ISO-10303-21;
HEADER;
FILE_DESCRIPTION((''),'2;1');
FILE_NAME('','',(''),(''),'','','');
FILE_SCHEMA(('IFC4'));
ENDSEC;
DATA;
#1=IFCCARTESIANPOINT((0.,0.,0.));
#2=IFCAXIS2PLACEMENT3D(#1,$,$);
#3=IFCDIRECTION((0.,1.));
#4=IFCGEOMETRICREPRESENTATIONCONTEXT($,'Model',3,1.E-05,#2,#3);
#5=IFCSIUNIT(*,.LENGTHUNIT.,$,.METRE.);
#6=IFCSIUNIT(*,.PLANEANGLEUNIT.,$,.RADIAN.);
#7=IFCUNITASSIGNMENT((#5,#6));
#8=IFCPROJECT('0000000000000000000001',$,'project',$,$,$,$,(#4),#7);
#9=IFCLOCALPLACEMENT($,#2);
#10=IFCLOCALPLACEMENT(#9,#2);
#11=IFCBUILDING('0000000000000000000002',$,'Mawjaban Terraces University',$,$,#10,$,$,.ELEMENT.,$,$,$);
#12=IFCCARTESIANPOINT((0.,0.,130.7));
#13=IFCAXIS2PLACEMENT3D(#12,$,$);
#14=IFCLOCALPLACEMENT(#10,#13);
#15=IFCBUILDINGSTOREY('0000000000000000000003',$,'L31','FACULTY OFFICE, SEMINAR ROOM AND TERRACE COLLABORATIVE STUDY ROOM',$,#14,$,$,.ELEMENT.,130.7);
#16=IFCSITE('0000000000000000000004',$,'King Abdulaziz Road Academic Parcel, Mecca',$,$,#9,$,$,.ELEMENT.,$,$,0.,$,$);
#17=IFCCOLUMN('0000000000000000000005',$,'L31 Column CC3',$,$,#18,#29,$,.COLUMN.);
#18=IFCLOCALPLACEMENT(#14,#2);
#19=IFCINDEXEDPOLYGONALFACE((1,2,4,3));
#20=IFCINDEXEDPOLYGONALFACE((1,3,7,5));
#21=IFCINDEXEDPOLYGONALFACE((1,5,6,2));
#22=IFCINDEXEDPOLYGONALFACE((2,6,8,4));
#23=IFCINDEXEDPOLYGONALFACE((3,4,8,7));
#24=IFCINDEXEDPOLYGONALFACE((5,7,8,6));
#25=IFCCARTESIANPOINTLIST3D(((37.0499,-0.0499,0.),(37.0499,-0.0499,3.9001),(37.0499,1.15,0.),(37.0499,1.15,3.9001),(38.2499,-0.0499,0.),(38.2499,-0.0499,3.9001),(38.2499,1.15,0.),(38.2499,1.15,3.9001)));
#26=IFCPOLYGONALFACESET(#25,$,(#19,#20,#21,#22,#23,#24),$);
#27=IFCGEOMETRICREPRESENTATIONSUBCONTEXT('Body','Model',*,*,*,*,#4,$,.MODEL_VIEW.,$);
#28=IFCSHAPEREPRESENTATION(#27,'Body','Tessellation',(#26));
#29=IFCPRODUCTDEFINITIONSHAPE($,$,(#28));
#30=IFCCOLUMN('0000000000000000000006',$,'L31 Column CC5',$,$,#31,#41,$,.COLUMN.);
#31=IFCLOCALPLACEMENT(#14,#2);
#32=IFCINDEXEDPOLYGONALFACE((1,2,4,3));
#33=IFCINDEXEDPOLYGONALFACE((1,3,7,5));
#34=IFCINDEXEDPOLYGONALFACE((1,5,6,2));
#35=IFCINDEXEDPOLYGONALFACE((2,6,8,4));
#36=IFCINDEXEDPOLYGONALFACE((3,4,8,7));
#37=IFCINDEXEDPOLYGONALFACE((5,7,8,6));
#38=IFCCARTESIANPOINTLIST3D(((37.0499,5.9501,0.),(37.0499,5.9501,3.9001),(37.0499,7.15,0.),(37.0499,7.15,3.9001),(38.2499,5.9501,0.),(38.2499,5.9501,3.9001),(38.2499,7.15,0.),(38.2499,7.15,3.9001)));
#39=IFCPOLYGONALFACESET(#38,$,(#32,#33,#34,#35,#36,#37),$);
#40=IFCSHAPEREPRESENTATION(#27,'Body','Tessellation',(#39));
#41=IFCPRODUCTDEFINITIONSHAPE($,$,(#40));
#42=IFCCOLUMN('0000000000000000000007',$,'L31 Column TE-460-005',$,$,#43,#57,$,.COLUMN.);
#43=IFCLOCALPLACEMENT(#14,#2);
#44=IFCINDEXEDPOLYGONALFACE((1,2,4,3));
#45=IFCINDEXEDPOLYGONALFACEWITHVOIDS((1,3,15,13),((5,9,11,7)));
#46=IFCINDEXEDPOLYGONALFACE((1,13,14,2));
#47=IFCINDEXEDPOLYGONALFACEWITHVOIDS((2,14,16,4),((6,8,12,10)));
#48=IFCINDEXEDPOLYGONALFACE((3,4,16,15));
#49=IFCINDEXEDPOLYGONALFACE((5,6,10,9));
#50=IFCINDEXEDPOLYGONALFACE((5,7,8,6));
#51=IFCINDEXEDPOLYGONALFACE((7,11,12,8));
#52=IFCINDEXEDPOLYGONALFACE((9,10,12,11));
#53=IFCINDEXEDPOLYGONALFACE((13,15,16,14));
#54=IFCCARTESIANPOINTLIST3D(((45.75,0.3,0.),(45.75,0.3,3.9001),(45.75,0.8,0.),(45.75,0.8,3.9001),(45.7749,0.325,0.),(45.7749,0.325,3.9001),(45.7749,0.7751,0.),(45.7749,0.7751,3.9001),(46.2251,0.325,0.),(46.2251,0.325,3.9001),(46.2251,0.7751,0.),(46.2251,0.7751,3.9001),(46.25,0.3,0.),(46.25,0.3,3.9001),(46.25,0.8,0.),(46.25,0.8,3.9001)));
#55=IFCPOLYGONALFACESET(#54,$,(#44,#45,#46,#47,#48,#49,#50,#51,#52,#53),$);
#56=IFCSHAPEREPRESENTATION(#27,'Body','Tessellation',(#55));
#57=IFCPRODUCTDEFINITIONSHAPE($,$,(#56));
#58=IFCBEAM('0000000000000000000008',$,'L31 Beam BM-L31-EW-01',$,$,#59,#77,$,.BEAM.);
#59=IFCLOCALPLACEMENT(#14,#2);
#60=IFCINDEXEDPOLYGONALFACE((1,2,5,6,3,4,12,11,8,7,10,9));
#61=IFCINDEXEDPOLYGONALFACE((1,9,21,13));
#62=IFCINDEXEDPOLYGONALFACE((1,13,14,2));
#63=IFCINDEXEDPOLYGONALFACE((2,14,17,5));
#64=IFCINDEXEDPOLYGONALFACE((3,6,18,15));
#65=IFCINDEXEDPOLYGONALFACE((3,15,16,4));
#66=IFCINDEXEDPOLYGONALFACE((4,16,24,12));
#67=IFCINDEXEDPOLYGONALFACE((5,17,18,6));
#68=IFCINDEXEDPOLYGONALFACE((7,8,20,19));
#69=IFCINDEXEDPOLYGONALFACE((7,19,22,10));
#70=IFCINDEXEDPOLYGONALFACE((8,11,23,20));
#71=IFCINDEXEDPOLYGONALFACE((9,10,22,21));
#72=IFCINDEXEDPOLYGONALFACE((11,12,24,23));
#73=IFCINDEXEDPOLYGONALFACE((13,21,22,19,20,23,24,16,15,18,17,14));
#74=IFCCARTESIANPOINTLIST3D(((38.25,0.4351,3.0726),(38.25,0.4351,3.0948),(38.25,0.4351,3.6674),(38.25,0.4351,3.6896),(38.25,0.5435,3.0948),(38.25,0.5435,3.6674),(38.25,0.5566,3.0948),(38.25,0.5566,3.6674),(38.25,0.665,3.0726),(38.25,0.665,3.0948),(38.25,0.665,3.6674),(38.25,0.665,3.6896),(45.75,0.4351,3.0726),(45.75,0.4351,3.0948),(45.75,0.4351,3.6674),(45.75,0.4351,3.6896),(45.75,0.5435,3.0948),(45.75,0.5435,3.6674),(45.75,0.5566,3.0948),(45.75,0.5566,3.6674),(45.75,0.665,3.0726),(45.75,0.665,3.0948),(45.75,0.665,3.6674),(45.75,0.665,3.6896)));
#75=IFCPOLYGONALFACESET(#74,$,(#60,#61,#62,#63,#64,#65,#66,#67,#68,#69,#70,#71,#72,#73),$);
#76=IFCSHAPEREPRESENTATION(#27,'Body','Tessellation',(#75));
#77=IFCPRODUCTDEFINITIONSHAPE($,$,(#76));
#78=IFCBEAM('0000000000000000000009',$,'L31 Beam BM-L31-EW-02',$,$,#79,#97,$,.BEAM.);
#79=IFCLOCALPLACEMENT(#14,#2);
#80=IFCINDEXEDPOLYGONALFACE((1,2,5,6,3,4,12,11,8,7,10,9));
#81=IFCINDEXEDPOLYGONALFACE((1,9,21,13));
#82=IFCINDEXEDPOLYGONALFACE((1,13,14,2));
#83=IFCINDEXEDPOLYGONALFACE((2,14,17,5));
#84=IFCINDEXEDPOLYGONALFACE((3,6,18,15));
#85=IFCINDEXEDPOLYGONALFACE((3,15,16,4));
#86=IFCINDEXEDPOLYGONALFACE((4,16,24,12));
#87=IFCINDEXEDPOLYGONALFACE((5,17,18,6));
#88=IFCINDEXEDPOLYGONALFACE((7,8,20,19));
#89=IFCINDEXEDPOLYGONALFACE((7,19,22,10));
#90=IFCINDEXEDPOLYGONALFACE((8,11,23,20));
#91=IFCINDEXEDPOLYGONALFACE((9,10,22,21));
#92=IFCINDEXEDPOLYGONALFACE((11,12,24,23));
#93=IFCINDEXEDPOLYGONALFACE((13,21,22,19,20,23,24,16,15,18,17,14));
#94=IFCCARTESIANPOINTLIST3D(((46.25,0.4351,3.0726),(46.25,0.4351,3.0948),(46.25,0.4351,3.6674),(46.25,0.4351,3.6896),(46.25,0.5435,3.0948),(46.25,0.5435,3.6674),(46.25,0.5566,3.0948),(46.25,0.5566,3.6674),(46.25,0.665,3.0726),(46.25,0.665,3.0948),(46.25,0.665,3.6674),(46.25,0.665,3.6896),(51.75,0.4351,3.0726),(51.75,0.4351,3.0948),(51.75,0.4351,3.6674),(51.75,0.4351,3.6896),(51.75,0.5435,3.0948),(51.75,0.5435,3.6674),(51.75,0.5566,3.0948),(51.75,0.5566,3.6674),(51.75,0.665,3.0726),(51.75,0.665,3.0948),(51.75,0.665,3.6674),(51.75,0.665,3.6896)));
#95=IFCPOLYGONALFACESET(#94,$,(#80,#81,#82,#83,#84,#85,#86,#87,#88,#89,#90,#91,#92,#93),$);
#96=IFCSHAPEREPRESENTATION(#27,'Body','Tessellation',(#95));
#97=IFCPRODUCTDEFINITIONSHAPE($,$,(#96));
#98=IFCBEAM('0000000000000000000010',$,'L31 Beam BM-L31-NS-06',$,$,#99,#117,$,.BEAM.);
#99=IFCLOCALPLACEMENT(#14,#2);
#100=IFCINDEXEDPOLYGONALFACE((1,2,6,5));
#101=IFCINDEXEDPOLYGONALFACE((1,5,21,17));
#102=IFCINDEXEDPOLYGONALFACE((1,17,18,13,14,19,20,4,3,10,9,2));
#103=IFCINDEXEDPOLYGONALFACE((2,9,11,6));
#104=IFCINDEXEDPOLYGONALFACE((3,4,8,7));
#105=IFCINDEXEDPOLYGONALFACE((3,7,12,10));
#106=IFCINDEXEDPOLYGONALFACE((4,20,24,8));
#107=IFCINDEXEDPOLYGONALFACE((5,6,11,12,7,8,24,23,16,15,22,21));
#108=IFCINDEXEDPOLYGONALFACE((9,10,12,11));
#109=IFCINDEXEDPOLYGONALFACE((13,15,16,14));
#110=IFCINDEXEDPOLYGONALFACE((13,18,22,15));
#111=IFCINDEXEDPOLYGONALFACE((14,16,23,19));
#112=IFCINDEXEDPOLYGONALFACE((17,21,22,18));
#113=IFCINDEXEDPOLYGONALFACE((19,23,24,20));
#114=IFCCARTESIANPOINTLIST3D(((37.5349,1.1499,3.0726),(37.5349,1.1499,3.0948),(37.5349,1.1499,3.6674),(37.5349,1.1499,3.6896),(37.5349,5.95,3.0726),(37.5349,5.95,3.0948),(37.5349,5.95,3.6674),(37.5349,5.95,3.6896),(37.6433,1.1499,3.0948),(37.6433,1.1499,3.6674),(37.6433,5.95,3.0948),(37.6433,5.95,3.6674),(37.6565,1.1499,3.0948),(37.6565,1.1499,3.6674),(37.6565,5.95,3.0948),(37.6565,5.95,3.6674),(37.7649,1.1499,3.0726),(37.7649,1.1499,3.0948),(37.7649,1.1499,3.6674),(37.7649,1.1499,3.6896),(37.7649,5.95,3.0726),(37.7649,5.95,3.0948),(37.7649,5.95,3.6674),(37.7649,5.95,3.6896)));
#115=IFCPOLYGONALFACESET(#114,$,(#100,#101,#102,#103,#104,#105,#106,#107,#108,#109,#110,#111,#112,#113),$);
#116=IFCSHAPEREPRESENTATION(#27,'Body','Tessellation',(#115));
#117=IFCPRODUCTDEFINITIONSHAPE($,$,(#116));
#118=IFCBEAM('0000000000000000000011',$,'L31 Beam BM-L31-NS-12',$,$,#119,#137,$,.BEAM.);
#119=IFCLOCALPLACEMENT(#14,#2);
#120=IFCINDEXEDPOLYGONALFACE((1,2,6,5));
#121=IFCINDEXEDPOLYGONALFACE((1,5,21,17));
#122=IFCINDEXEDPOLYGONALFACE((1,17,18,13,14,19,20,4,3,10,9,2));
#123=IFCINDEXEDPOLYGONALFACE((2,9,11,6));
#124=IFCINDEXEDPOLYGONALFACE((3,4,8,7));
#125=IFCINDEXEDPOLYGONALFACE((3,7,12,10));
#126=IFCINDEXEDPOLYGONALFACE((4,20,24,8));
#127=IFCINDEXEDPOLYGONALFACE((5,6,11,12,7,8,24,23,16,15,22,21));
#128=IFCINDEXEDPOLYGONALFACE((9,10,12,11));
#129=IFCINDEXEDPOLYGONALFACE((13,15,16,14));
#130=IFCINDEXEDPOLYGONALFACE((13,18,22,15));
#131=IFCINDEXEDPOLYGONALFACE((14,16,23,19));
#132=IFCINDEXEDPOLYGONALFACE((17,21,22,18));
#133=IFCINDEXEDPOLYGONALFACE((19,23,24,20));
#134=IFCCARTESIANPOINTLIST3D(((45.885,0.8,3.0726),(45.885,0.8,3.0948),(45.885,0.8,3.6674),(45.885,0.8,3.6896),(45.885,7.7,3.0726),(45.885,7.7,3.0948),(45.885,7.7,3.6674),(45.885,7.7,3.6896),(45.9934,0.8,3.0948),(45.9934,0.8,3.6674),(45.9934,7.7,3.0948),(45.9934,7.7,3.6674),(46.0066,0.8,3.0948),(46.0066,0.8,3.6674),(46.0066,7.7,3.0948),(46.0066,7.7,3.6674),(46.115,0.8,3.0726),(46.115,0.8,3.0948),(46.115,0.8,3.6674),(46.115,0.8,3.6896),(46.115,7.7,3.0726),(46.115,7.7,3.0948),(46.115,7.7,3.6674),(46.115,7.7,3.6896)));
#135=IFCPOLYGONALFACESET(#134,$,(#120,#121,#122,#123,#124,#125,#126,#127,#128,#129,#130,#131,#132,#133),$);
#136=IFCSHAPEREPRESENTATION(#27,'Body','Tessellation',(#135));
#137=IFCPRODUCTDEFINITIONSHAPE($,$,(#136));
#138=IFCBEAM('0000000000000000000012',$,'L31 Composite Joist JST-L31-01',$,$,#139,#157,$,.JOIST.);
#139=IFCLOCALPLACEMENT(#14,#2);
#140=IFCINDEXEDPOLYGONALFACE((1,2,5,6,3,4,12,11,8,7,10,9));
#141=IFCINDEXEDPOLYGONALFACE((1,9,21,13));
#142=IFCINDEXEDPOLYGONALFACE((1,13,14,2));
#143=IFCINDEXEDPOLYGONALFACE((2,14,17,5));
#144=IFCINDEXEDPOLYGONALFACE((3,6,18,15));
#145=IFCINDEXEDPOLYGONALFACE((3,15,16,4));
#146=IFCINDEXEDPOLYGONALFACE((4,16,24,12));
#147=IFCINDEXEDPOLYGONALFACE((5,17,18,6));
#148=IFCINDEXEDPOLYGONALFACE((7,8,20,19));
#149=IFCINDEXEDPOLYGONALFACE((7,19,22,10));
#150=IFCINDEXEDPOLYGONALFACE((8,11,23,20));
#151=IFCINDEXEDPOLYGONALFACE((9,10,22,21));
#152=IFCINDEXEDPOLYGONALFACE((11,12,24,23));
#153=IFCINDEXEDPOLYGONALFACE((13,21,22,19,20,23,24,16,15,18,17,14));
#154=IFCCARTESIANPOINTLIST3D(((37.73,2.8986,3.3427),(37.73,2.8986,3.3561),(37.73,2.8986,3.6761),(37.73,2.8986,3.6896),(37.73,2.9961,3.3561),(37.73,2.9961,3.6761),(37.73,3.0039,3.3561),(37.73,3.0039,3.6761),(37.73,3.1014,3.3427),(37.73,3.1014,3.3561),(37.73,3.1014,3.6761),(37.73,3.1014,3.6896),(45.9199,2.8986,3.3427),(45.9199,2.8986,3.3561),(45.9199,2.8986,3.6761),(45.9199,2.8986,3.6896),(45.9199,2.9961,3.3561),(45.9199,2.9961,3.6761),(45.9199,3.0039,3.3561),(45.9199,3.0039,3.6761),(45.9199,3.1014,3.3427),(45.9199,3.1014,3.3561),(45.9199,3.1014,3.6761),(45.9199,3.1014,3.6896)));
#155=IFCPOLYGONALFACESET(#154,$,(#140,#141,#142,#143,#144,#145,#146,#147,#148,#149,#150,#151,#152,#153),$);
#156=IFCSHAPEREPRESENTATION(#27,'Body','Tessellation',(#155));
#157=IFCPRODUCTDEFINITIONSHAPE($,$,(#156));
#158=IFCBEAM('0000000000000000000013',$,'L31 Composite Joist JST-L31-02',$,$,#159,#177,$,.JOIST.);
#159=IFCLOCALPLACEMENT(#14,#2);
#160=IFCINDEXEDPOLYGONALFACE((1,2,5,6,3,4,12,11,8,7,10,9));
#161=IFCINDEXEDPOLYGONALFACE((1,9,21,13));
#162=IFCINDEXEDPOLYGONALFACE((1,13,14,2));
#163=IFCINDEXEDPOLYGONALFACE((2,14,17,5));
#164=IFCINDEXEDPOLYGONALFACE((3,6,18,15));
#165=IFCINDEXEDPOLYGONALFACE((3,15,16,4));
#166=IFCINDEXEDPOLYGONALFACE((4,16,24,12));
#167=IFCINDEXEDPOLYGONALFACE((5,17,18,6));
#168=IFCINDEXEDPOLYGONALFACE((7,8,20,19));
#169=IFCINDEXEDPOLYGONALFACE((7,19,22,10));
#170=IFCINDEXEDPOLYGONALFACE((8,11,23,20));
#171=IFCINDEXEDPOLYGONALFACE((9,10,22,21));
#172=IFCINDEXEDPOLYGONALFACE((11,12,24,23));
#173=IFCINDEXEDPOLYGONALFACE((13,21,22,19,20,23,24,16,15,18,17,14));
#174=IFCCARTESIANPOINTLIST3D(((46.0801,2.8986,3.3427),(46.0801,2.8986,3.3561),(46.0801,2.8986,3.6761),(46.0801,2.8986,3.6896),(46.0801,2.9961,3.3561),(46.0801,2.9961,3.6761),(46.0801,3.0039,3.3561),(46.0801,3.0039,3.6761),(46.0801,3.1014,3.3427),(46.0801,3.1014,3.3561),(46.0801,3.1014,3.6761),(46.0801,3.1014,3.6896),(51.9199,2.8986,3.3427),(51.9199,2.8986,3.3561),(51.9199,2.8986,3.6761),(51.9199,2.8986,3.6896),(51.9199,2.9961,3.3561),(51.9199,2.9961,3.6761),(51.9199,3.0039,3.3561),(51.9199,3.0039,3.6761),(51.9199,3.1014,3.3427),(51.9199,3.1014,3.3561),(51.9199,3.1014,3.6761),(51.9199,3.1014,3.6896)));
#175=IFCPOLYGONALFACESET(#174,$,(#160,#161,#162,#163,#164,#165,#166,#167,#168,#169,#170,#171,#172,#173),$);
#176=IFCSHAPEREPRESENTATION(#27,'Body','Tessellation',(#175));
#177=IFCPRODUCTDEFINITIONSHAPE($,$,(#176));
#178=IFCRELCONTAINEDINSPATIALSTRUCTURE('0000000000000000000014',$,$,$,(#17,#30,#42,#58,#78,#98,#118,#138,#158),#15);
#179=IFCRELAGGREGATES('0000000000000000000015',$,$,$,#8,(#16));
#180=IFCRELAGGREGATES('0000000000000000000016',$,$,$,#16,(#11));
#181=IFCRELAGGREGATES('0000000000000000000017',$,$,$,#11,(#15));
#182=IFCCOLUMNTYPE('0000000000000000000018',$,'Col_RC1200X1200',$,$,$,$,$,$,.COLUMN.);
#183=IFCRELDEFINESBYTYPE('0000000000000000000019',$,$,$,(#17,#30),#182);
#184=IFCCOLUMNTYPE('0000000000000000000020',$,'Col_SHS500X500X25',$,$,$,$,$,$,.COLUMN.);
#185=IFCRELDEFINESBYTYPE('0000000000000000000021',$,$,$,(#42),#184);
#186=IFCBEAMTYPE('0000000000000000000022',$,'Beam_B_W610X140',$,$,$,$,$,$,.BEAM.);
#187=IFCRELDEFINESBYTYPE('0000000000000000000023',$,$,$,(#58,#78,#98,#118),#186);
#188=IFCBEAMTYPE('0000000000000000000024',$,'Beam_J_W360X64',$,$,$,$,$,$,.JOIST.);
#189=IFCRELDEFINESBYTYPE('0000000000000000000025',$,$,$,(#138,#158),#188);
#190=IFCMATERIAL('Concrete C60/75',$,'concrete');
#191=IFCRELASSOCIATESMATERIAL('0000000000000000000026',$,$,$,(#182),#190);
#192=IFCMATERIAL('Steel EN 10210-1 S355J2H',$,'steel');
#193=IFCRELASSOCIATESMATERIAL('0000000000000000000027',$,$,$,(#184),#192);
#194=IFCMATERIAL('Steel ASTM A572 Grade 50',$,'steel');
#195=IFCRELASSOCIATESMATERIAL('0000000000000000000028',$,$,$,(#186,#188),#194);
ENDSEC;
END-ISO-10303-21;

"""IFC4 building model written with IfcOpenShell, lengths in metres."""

from ifc_helpers import new_model, si_unit, direction, frame, origin, origin_2d, place, context, subcontext, project, spatial, rectangle, hollow_rectangle, i_section, extrude, material, material_profile, profile_set, type_object, element, save


model = new_model("IFC4")

# Units and contexts
model_context = context("Model", 3, precision=1e-05, world=origin(), true_north=direction((0.0, 1.0)))
body_context = subcontext(model_context, "Body", "Model", "MODEL_VIEW")
ifc_project = project(units=[si_unit("LENGTHUNIT", "METRE"), si_unit("PLANEANGLEUNIT", "RADIAN")], contexts=[model_context])

# Site, building, storey
site_placement = place(None, origin())
site = spatial("IfcSite", under=ifc_project, at=site_placement, Name="King Abdulaziz Road Academic Parcel, Mecca", CompositionType="ELEMENT", RefElevation=0.0)
building_placement = place(site_placement, origin())
building = spatial("IfcBuilding", under=site, at=building_placement, Name="Mawjaban Terraces University", CompositionType="ELEMENT")
storey_placement = place(building_placement, frame((0.0, 0.0, 130.7)))
storey = spatial("IfcBuildingStorey", under=building, at=storey_placement, Name="L31", Description="FACULTY OFFICE, SEMINAR ROOM AND TERRACE COLLABORATIVE STUDY ROOM", CompositionType="ELEMENT", Elevation=130.7)

# Columns
ifc_material_1 = material(Name="Concrete C60/75", Category="concrete")
ifc_material_profile_1 = material_profile(ifc_material_1, rectangle(XDim=1.2, YDim=1.2, at=origin_2d()), Name="RC1200X1200")
ifc_profile_set_1 = profile_set([ifc_material_profile_1], Name="Concrete C60/75")
column_type_1 = type_object("IfcColumnType", Name="Col_RC1200X1200", PredefinedType="COLUMN", material=ifc_profile_set_1)
for number, where, z_axis, x_axis, name in (
    (1, (37.6499, 0.55, 0.0), (0.0, 0.0, 1.0), (1.0, 0.0, 0.0), "L31 Column CC3"),
    (2, (37.6499, 6.55, 0.0), (0.0, 0.0, 1.0), (1.0, 0.0, 0.0), "L31 Column CC5"),
):
    element("IfcColumn", number, at=place(storey_placement, frame(where, z_axis=z_axis, x_axis=x_axis)), inside=storey, type_object=column_type_1, Name=name, PredefinedType="COLUMN", context=body_context, shape_type="SweptSolid", body=[
        extrude(rectangle(XDim=1.2, YDim=1.2, at=origin_2d()), origin(), (0.0, 0.0, 1.0), 3.9001),
    ])
ifc_material_2 = material(Name="Steel EN 10210-1 S355J2H", Category="steel")
ifc_material_profile_2 = material_profile(ifc_material_2, hollow_rectangle(XDim=0.5, YDim=0.5, WallThickness=0.0249, at=origin_2d()), Name="SHS500X500X25")
ifc_profile_set_2 = profile_set([ifc_material_profile_2], Name="Steel EN 10210-1 S355J2H")
column_type_2 = type_object("IfcColumnType", Name="Col_SHS500X500X25", PredefinedType="COLUMN", material=ifc_profile_set_2)
column_placement = place(storey_placement, frame((46.0, 0.55, 0.0), z_axis=(0.0, 0.0, 1.0), x_axis=(1.0, 0.0, 0.0)))
element("IfcColumn", 3, at=column_placement, inside=storey, type_object=column_type_2, Name="L31 Column TE-460-005", PredefinedType="COLUMN", context=body_context, shape_type="SweptSolid", body=[
    extrude(hollow_rectangle(XDim=0.5, YDim=0.5, WallThickness=0.0249, at=origin_2d()), origin(), (0.0, 0.0, 1.0), 3.9001),
])

# Beams
ifc_material_3 = material(Name="Steel ASTM A572 Grade 50", Category="steel")
ifc_material_profile_3 = material_profile(ifc_material_3, i_section(OverallWidth=0.23, OverallDepth=0.6169, WebThickness=0.0132, FlangeThickness=0.0222, at=origin_2d()), Name="W610X140")
ifc_profile_set_3 = profile_set([ifc_material_profile_3], Name="Steel ASTM A572 Grade 50")
beam_type_1 = type_object("IfcBeamType", Name="Beam_B_W610X140", PredefinedType="BEAM", material=ifc_profile_set_3)
beam_1_placement = place(storey_placement, frame((38.25, 0.55, 3.3811), z_axis=(1.0, 0.0, 0.0), x_axis=(0.0, 1.0, 0.0)))
element("IfcBeam", 4, at=beam_1_placement, inside=storey, type_object=beam_type_1, Name="L31 Beam BM-L31-EW-01", PredefinedType="BEAM", context=body_context, shape_type="SweptSolid", body=[
    extrude(i_section(OverallWidth=0.23, OverallDepth=0.6169, WebThickness=0.0132, FlangeThickness=0.0222, at=origin_2d()), origin(), (0.0, 0.0, 1.0), 7.5),
])
beam_2_placement = place(storey_placement, frame((46.25, 0.55, 3.3811), z_axis=(1.0, 0.0, 0.0), x_axis=(0.0, 1.0, 0.0)))
element("IfcBeam", 5, at=beam_2_placement, inside=storey, type_object=beam_type_1, Name="L31 Beam BM-L31-EW-02", PredefinedType="BEAM", context=body_context, shape_type="SweptSolid", body=[
    extrude(i_section(OverallWidth=0.23, OverallDepth=0.6169, WebThickness=0.0132, FlangeThickness=0.0222, at=origin_2d()), origin(), (0.0, 0.0, 1.0), 5.5),
])
beam_3_placement = place(storey_placement, frame((37.6499, 1.1499, 3.3811), z_axis=(0.0, 1.0, 0.0), x_axis=(-1.0, 0.0, 0.0)))
element("IfcBeam", 6, at=beam_3_placement, inside=storey, type_object=beam_type_1, Name="L31 Beam BM-L31-NS-06", PredefinedType="BEAM", context=body_context, shape_type="SweptSolid", body=[
    extrude(i_section(OverallWidth=0.23, OverallDepth=0.6169, WebThickness=0.0132, FlangeThickness=0.0222, at=origin_2d()), origin(), (0.0, 0.0, 1.0), 4.8),
])
beam_4_placement = place(storey_placement, frame((46.0, 0.8, 3.3811), z_axis=(0.0, 1.0, 0.0), x_axis=(-1.0, 0.0, 0.0)))
element("IfcBeam", 7, at=beam_4_placement, inside=storey, type_object=beam_type_1, Name="L31 Beam BM-L31-NS-12", PredefinedType="BEAM", context=body_context, shape_type="SweptSolid", body=[
    extrude(i_section(OverallWidth=0.23, OverallDepth=0.6169, WebThickness=0.0132, FlangeThickness=0.0222, at=origin_2d()), origin(), (0.0, 0.0, 1.0), 6.8999),
])
ifc_material_profile_4 = material_profile(ifc_material_3, i_section(OverallWidth=0.2029, OverallDepth=0.3469, WebThickness=0.0078, FlangeThickness=0.0134, at=origin_2d()), Name="W360X64")
ifc_profile_set_4 = profile_set([ifc_material_profile_4], Name="Steel ASTM A572 Grade 50")
beam_type_2 = type_object("IfcBeamType", Name="Beam_J_W360X64", PredefinedType="JOIST", material=ifc_profile_set_4)
beam_5_placement = place(storey_placement, frame((37.73, 3.0, 3.5161), z_axis=(1.0, 0.0, 0.0), x_axis=(0.0, 1.0, 0.0)))
element("IfcBeam", 8, at=beam_5_placement, inside=storey, type_object=beam_type_2, Name="L31 Composite Joist JST-L31-01", PredefinedType="JOIST", context=body_context, shape_type="SweptSolid", body=[
    extrude(i_section(OverallWidth=0.2029, OverallDepth=0.3469, WebThickness=0.0078, FlangeThickness=0.0134, at=origin_2d()), origin(), (0.0, 0.0, 1.0), 8.1899),
])
beam_6_placement = place(storey_placement, frame((46.0801, 3.0, 3.5161), z_axis=(1.0, 0.0, 0.0), x_axis=(0.0, 1.0, 0.0)))
element("IfcBeam", 9, at=beam_6_placement, inside=storey, type_object=beam_type_2, Name="L31 Composite Joist JST-L31-02", PredefinedType="JOIST", context=body_context, shape_type="SweptSolid", body=[
    extrude(i_section(OverallWidth=0.2029, OverallDepth=0.3469, WebThickness=0.0078, FlangeThickness=0.0134, at=origin_2d()), origin(), (0.0, 0.0, 1.0), 5.8398),
])

save(model, "model.ifc")
